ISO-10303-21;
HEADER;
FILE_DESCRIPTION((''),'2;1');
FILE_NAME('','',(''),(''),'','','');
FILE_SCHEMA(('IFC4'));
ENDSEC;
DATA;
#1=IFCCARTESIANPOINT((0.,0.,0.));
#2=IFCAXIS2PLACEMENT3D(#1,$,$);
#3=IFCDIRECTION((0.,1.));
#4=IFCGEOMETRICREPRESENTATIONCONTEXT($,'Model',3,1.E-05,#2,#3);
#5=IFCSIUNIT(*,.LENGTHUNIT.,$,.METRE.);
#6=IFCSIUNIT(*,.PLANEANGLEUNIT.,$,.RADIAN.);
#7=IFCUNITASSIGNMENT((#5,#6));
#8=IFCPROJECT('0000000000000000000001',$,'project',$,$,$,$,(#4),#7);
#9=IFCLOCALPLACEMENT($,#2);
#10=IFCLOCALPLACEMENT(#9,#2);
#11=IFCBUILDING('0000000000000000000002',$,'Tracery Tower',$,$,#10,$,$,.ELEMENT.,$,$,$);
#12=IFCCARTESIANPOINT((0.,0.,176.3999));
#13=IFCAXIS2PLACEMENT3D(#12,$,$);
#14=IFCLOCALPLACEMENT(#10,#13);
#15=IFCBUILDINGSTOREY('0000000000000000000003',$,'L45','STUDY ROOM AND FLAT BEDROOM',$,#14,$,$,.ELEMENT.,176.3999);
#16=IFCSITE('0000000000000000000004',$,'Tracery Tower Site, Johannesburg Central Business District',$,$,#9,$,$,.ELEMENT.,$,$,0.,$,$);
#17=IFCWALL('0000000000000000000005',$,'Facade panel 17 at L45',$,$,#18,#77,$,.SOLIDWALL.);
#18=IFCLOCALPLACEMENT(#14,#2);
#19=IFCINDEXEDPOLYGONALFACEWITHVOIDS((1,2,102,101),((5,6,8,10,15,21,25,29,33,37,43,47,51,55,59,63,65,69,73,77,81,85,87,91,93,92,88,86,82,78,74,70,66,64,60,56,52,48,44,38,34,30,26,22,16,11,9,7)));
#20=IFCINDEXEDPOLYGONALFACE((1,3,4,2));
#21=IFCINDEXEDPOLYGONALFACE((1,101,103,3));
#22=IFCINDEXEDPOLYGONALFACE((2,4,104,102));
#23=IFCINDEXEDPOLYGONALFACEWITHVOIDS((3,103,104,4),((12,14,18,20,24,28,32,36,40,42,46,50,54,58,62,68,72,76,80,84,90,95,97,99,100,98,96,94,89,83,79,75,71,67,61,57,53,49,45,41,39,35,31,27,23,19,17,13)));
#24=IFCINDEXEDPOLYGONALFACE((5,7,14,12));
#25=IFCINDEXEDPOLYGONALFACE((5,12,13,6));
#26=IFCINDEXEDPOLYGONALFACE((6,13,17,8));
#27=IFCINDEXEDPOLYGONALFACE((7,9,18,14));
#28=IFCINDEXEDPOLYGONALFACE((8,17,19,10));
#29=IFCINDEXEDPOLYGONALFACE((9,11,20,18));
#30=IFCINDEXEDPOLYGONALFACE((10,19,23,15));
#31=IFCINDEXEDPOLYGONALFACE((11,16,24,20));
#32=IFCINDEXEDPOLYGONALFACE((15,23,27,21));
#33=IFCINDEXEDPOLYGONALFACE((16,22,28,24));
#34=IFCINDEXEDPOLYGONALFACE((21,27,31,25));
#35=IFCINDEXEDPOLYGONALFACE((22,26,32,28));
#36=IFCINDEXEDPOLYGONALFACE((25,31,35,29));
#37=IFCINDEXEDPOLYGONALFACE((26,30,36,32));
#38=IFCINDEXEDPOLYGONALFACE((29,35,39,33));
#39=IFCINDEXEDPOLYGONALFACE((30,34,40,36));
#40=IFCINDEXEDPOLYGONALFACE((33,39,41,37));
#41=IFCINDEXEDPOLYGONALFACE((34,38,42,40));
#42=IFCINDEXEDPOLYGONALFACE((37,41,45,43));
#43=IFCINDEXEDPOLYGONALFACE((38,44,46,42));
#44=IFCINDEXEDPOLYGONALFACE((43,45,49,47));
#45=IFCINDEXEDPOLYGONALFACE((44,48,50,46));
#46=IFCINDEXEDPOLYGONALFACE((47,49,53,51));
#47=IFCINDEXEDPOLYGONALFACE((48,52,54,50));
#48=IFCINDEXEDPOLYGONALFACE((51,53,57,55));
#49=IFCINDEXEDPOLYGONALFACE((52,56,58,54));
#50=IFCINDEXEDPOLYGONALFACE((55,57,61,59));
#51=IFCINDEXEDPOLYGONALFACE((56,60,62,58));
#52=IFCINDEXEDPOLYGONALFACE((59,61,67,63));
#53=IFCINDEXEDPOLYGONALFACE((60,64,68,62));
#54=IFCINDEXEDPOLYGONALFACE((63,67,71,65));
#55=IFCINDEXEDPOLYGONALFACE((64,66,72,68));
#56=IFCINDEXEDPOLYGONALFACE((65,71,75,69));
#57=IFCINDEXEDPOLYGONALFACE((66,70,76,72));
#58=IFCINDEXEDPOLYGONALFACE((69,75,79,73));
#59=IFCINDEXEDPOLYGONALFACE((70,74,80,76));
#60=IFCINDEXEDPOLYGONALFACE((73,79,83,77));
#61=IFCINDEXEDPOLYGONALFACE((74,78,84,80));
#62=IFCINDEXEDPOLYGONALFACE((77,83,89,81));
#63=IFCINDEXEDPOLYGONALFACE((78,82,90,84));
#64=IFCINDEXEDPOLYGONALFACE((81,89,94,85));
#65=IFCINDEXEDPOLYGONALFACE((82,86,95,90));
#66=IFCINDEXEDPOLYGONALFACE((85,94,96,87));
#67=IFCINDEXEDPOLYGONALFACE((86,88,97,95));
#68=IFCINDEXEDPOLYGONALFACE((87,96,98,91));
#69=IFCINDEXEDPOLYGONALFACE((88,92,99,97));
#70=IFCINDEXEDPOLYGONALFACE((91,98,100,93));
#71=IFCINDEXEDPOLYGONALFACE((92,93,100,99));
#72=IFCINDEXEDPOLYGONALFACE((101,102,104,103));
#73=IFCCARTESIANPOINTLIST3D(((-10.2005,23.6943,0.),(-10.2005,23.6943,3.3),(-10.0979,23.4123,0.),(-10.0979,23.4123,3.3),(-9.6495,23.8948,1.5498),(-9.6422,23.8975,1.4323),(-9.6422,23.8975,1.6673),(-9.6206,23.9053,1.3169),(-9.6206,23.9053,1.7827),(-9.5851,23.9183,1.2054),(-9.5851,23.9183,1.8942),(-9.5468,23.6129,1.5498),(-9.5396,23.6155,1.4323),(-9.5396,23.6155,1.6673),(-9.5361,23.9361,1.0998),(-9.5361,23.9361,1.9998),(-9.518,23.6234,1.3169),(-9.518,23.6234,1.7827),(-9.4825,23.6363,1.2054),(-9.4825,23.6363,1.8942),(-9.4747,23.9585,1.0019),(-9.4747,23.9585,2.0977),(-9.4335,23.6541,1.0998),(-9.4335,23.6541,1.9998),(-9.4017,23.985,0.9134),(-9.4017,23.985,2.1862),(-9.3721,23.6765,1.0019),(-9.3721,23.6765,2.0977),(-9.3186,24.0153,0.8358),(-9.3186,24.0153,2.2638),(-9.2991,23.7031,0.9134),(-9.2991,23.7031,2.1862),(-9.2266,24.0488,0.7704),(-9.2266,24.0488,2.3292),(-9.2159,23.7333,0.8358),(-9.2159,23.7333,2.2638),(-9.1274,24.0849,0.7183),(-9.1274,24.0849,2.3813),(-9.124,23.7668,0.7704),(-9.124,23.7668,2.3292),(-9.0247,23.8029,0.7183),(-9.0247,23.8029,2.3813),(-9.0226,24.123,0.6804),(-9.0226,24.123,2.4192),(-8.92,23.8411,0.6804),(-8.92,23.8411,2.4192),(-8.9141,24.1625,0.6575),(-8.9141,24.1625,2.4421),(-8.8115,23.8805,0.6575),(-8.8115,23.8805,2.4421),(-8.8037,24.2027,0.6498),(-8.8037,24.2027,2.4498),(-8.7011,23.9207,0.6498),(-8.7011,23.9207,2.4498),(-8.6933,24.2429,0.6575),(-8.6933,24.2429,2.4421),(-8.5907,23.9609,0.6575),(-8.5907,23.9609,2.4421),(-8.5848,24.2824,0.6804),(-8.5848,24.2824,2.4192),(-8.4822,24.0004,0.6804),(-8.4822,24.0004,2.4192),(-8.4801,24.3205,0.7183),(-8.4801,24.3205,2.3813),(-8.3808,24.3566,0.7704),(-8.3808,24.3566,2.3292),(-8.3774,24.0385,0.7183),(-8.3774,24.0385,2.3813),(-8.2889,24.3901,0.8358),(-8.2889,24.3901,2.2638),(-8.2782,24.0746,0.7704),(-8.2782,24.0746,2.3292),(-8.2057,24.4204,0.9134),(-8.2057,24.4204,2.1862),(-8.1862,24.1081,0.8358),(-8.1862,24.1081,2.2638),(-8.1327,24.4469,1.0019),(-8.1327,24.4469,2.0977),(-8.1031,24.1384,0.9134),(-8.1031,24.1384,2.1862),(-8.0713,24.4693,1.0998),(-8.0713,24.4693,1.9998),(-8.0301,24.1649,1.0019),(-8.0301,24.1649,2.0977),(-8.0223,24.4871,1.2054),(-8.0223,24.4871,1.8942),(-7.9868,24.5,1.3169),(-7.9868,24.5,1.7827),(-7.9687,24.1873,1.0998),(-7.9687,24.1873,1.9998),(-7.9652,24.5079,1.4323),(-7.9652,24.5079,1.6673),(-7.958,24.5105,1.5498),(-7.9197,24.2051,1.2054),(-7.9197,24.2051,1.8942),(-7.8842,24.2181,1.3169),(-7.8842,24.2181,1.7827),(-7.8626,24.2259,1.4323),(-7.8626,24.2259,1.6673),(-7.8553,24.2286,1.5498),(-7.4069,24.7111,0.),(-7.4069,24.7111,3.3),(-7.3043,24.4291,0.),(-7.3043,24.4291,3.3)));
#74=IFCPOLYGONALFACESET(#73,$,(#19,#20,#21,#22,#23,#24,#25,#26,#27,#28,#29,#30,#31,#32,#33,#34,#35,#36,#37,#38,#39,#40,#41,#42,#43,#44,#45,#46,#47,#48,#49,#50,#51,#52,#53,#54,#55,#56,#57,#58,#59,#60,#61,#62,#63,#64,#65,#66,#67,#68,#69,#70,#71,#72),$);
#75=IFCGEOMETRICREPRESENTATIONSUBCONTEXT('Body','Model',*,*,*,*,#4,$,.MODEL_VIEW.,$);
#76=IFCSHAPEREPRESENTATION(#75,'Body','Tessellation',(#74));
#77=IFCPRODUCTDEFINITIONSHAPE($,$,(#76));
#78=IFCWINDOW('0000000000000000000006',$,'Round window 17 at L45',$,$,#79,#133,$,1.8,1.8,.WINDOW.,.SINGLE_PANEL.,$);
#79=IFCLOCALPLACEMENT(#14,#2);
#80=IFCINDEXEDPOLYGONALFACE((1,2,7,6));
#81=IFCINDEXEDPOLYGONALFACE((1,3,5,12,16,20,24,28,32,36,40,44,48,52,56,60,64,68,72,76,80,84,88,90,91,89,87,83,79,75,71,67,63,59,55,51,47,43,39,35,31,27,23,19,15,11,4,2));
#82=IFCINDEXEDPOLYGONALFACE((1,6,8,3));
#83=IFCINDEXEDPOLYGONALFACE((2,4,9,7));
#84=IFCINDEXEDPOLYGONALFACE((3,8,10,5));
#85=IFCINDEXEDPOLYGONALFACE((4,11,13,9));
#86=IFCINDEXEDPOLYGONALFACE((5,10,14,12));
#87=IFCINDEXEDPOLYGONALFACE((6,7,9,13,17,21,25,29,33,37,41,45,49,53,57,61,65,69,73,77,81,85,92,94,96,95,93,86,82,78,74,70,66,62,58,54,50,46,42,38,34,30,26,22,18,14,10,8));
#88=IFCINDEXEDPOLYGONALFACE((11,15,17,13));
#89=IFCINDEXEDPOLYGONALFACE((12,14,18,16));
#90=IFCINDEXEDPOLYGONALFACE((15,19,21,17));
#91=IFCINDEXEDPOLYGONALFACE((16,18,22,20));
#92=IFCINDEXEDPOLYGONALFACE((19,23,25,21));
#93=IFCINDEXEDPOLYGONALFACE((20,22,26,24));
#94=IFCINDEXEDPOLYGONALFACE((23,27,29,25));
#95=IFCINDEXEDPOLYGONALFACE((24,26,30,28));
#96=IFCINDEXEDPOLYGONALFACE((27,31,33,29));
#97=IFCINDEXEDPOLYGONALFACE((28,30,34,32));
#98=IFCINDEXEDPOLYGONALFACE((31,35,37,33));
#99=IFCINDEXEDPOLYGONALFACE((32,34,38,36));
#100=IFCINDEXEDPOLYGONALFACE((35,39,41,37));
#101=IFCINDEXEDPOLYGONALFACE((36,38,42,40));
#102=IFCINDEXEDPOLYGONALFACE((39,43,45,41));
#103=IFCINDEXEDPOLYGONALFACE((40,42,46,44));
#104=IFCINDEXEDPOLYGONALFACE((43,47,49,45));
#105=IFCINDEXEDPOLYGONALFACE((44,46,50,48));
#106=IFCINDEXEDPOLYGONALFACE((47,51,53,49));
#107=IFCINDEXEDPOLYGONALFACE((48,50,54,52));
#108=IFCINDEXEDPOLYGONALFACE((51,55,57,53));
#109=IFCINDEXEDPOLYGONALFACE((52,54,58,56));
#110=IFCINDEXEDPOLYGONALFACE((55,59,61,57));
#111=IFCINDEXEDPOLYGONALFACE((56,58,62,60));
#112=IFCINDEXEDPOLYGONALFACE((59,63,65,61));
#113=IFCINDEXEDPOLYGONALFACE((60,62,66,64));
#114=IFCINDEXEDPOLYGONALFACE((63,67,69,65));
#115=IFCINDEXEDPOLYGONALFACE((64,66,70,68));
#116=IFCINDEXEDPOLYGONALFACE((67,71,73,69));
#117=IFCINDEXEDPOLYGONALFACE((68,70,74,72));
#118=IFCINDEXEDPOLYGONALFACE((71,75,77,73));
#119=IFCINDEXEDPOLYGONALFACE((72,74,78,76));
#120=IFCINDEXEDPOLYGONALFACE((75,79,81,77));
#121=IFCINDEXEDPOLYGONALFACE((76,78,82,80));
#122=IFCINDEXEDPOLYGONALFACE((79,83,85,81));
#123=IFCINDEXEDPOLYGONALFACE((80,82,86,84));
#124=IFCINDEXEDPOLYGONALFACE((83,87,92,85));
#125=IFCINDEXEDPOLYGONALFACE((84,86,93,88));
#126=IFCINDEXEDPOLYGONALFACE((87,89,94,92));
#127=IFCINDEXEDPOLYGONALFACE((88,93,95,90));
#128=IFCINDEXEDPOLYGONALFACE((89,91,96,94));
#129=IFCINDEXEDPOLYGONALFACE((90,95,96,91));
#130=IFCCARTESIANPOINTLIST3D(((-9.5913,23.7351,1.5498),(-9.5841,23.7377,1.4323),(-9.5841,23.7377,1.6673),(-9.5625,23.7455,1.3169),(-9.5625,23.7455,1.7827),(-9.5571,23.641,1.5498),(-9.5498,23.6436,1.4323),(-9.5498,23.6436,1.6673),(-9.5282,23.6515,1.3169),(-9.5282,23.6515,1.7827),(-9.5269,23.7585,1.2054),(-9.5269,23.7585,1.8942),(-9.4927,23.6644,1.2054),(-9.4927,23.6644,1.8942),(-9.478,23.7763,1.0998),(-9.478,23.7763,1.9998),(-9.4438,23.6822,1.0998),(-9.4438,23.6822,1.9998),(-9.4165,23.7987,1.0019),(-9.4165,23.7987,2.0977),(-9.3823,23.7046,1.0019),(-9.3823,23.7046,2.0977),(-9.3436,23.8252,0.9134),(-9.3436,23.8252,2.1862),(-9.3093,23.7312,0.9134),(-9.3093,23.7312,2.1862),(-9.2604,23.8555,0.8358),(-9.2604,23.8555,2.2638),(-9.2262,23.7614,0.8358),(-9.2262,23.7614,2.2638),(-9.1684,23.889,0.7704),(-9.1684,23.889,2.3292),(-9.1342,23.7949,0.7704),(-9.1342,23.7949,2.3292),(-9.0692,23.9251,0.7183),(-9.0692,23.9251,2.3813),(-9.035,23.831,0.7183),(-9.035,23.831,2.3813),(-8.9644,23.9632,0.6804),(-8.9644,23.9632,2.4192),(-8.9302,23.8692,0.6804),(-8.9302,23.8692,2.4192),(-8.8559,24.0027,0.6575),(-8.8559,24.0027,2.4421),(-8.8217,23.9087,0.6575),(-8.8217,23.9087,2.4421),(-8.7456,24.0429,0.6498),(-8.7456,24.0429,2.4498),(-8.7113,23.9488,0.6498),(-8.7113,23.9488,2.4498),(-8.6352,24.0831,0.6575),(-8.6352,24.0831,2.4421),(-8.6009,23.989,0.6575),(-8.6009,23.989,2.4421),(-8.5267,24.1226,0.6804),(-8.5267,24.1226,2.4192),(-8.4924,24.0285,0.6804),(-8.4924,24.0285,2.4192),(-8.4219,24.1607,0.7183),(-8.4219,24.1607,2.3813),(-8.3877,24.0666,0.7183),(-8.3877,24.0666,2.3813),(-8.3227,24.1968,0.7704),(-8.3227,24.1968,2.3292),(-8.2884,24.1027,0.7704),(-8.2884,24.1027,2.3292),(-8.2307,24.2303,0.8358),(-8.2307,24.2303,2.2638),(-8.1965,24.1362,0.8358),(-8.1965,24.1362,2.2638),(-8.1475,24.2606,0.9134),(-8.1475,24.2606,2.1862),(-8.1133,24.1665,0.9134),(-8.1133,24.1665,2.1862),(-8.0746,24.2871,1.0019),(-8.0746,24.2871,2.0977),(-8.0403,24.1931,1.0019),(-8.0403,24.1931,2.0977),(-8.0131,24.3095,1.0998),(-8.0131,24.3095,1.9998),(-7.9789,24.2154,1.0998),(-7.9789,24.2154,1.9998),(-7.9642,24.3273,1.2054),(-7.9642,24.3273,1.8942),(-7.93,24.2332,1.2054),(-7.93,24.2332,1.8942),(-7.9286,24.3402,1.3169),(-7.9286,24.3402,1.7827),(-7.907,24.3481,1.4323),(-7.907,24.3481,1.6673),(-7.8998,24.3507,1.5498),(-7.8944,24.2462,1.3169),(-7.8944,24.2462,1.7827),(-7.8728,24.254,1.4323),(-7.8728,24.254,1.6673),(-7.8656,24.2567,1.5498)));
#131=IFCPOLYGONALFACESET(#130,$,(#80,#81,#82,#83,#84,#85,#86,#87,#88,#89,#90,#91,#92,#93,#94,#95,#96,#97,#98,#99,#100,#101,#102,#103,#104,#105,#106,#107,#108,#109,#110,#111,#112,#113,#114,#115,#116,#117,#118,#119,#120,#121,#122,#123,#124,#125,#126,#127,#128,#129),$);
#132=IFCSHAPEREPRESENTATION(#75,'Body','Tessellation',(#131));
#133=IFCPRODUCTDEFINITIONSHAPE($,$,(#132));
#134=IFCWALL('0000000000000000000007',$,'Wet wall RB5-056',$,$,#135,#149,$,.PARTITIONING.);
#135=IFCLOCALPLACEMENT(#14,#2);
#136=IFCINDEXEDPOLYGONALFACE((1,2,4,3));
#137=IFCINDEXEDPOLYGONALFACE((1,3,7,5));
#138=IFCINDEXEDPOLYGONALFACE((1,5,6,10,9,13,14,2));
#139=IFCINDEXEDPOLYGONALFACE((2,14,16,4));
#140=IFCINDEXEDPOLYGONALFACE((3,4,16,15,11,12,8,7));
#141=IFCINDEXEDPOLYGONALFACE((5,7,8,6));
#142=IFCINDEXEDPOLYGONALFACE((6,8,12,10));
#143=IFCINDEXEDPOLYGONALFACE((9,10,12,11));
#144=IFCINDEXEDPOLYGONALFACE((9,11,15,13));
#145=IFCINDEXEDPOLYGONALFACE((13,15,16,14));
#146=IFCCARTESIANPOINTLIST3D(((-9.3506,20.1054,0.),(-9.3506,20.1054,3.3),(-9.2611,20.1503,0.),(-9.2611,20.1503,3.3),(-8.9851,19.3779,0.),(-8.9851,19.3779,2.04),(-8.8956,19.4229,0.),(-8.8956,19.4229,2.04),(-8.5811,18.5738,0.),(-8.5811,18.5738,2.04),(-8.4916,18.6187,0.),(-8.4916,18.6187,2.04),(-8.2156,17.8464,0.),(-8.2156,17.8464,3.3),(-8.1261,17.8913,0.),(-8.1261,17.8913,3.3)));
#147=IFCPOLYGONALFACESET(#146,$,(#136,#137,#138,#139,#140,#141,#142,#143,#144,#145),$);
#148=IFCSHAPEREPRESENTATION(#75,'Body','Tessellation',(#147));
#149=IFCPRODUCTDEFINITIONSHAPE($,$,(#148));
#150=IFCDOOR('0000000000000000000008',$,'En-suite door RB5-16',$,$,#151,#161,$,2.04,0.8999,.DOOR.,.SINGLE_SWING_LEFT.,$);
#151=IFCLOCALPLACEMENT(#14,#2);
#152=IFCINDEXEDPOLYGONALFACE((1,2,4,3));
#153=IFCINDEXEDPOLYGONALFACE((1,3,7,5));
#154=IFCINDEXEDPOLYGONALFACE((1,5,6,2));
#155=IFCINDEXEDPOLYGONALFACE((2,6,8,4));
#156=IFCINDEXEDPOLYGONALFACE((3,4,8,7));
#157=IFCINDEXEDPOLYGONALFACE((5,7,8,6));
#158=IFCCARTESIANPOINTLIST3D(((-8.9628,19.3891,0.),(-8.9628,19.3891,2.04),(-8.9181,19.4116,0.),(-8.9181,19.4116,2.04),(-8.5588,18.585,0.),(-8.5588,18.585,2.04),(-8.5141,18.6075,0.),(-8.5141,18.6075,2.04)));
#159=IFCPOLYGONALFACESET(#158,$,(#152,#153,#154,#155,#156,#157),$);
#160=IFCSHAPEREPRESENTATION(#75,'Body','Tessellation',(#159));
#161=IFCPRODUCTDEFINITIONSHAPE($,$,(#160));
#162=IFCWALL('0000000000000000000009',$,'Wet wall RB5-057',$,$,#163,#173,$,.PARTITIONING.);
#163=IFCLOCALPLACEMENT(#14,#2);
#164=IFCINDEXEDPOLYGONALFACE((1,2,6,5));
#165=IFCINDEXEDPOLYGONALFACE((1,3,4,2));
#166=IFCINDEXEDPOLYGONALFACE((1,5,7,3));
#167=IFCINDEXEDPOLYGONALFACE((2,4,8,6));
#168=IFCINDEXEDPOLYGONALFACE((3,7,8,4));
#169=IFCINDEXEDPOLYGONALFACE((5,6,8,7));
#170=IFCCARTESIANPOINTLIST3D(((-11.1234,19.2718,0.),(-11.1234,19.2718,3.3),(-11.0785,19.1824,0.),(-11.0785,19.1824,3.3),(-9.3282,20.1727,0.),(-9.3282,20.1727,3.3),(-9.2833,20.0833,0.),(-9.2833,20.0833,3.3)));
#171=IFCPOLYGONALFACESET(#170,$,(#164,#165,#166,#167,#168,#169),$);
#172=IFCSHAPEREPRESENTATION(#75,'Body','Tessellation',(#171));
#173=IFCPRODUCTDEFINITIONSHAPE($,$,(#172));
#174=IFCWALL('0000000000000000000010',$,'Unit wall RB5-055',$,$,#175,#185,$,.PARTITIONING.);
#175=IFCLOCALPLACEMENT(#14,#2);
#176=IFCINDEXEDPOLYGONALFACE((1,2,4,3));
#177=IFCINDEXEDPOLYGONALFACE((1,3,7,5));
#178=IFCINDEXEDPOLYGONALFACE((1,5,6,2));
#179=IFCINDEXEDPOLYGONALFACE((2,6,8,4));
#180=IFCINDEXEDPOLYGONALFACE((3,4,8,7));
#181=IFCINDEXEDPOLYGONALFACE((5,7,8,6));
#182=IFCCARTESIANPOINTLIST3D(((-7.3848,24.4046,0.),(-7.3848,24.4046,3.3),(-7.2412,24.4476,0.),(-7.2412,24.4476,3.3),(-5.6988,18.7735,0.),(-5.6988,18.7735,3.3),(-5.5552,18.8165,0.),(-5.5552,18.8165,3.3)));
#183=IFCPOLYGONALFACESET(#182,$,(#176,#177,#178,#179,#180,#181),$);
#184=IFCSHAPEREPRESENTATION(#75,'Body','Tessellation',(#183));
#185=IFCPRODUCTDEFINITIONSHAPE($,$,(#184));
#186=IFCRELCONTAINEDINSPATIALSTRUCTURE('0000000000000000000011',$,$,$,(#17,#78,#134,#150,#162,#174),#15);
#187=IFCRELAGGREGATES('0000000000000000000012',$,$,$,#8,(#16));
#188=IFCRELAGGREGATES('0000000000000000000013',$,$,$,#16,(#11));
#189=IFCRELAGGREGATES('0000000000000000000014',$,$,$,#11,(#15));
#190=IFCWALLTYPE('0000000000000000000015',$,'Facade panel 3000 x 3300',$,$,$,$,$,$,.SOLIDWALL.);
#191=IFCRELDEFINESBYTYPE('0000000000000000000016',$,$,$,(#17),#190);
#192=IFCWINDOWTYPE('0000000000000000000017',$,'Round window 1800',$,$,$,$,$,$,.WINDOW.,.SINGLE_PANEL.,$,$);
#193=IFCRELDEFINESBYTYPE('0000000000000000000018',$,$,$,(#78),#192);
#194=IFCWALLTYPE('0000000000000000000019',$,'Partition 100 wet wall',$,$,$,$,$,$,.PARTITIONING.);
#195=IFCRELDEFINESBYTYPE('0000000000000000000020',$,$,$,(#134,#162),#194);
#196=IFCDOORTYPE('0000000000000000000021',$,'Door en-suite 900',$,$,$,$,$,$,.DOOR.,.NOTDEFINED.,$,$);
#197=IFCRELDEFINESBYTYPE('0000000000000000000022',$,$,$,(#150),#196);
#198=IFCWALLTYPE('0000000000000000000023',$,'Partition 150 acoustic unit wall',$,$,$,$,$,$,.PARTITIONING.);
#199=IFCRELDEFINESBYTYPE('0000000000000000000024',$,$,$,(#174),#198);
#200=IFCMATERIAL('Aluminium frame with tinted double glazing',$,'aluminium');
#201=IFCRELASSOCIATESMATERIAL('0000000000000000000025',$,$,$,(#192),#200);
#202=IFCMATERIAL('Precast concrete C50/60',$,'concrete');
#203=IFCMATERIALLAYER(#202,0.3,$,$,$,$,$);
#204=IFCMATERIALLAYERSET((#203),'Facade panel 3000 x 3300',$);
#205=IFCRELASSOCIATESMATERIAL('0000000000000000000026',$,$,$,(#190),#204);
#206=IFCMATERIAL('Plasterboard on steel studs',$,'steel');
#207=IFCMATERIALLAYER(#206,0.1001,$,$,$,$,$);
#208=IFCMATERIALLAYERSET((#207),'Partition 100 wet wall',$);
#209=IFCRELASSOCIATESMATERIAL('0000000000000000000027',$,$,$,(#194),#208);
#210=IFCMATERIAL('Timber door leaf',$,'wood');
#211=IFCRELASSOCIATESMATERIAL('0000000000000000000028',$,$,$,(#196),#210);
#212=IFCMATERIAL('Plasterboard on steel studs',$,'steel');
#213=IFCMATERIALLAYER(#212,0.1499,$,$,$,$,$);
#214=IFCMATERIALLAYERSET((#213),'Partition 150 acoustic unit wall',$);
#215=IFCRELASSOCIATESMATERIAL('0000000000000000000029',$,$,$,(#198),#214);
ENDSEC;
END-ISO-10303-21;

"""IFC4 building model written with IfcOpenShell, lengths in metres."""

from ifc_helpers import new_model, si_unit, direction, frame, frame_2d, origin, origin_2d, place, context, subcontext, project, spatial, rectangle, circle, extrude, material, layer, layer_set, type_object, element, fill, save


model = new_model("IFC4")

# Units and contexts
model_context = context("Model", 3, precision=1e-05, world=origin(), true_north=direction((0.0, 1.0)))
body_context = subcontext(model_context, "Body", "Model", "MODEL_VIEW")
ifc_project = project(units=[si_unit("LENGTHUNIT", "METRE"), si_unit("PLANEANGLEUNIT", "RADIAN")], contexts=[model_context])

# Site, building, storey
site_placement = place(None, origin())
site = spatial("IfcSite", under=ifc_project, at=site_placement, Name="Tracery Tower Site, Johannesburg Central Business District", CompositionType="ELEMENT", RefElevation=0.0)
building_placement = place(site_placement, origin())
building = spatial("IfcBuilding", under=site, at=building_placement, Name="Tracery Tower", CompositionType="ELEMENT")
storey_placement = place(building_placement, frame((0.0, 0.0, 176.3999)))
storey = spatial("IfcBuildingStorey", under=building, at=storey_placement, Name="L45", Description="STUDY ROOM AND FLAT BEDROOM", CompositionType="ELEMENT", Elevation=176.3999)

# Wall, opening, window
ifc_material_1 = material(Name="Aluminium frame with tinted double glazing", Category="aluminium")
window_type = type_object("IfcWindowType", Name="Round window 1800", PartitioningType="SINGLE_PANEL", PredefinedType="WINDOW", material=ifc_material_1)
ifc_material_2 = material(Name="Precast concrete C50/60", Category="concrete")
ifc_layer_1 = layer(ifc_material_2, 0.3)
ifc_layer_set_1 = layer_set([ifc_layer_1], Name="Facade panel 3000 x 3300")
wall_type_1 = type_object("IfcWallType", Name="Facade panel 3000 x 3300", PredefinedType="SOLIDWALL", material=ifc_layer_set_1)
wall_1_placement = place(storey_placement, frame((-7.3557, 24.5701, 0.0), z_axis=(0.0, 0.0, 1.0), x_axis=(-0.93969, -0.342027, 0.0)))
wall_1 = element("IfcWall", 1, at=wall_1_placement, inside=storey, type_object=wall_type_1, Name="Facade panel 17 at L45", PredefinedType="SOLIDWALL", context=body_context, shape_type="SweptSolid", body=[
    extrude(rectangle(XDim=2.9729, YDim=0.3, at=frame_2d((1.4863, 0.0))), origin(), (0.0, 0.0, 1.0), 3.3),
])
opening_1_placement = place(wall_1_placement, frame((1.4863, 0.0, 1.5498)))
opening_1 = element("IfcOpeningElement", 2, at=opening_1_placement, cuts=wall_1, PredefinedType="OPENING", context=body_context, shape_type="SweptSolid", body=[
    extrude(circle(Radius=0.9, at=origin_2d()), frame((0.0, 0.1599, 0.0), z_axis=(0.0, -1.0, 0.0), x_axis=(1.0, 0.0, 0.0)), (0.0, 0.0, 1.0), 0.3201),
])
window_1_placement = place(opening_1_placement, origin())
window_1 = element("IfcWindow", 3, at=window_1_placement, inside=storey, type_object=window_type, Name="Round window 17 at L45", OverallHeight=1.8, OverallWidth=1.8, PartitioningType="SINGLE_PANEL", PredefinedType="WINDOW", context=body_context, shape_type="SweptSolid", body=[
    extrude(circle(Radius=0.9, at=origin_2d()), frame((0.0, 0.1201, 0.0), z_axis=(0.0, -1.0, 0.0), x_axis=(1.0, 0.0, 0.0)), (0.0, 0.0, 1.0), 0.1001),
])
fill(opening_1, window_1)

# Wall, opening, door
ifc_material_3 = material(Name="Plasterboard on steel studs", Category="steel")
ifc_layer_2 = layer(ifc_material_3, 0.1001)
ifc_layer_set_2 = layer_set([ifc_layer_2], Name="Partition 100 wet wall")
wall_type_2 = type_object("IfcWallType", Name="Partition 100 wet wall", PredefinedType="PARTITIONING", material=ifc_layer_set_2)
wall_2_placement = place(storey_placement, frame((-9.3059, 20.1279, 0.0), z_axis=(0.0, 0.0, 1.0), x_axis=(0.448951, -0.893556, 0.0)))
wall_2 = element("IfcWall", 4, at=wall_2_placement, inside=storey, type_object=wall_type_2, Name="Wet wall RB5-056", PredefinedType="PARTITIONING", context=body_context, shape_type="SweptSolid", body=[
    extrude(rectangle(XDim=2.5281, YDim=0.1001, at=frame_2d((1.2642, 0.0))), origin(), (0.0, 0.0, 1.0), 3.3),
])
opening_2_placement = place(wall_2_placement, frame((0.8142, 0.0, 0.0)))
opening_2 = element("IfcOpeningElement", 5, at=opening_2_placement, cuts=wall_2, PredefinedType="OPENING", context=body_context, shape_type="SweptSolid", body=[
    extrude(rectangle(XDim=0.8999, YDim=2.04, at=frame_2d((0.45, 1.02))), frame((0.0, 0.05, 0.0), z_axis=(0.0, -1.0, 0.0), x_axis=(1.0, 0.0, 0.0)), (0.0, 0.0, 1.0), 0.1001),
])
ifc_material_4 = material(Name="Timber door leaf", Category="wood")
door_type_1 = type_object("IfcDoorType", Name="Door en-suite 900", OperationType="NOTDEFINED", PredefinedType="DOOR", material=ifc_material_4)
door_1_placement = place(opening_2_placement, origin())
door_1 = element("IfcDoor", 6, at=door_1_placement, inside=storey, type_object=door_type_1, Name="En-suite door RB5-16", OperationType="SINGLE_SWING_LEFT", OverallHeight=2.04, OverallWidth=0.8999, PredefinedType="DOOR", context=body_context, shape_type="SweptSolid", body=[
    extrude(rectangle(XDim=0.8999, YDim=2.04, at=frame_2d((0.45, 1.02))), frame((0.0, 0.0249, 0.0), z_axis=(0.0, -1.0, 0.0), x_axis=(1.0, 0.0, 0.0)), (0.0, 0.0, 1.0), 0.05),
])
fill(opening_2, door_1)

# Walls
wall_3_placement = place(storey_placement, frame((-11.1011, 19.2271, 0.0), z_axis=(0.0, 0.0, 1.0), x_axis=(0.89377, 0.448526, 0.0)))
element("IfcWall", 7, at=wall_3_placement, inside=storey, type_object=wall_type_2, Name="Wet wall RB5-057", PredefinedType="PARTITIONING", context=body_context, shape_type="SweptSolid", body=[
    extrude(rectangle(XDim=2.0085, YDim=0.1001, at=frame_2d((1.0044, 0.0))), origin(), (0.0, 0.0, 1.0), 3.3),
])
ifc_material_5 = material(Name="Plasterboard on steel studs", Category="steel")
ifc_layer_3 = layer(ifc_material_5, 0.1499)
ifc_layer_set_3 = layer_set([ifc_layer_3], Name="Partition 150 acoustic unit wall")
wall_type_3 = type_object("IfcWallType", Name="Partition 150 acoustic unit wall", PredefinedType="PARTITIONING", material=ifc_layer_set_3)
wall_4_placement = place(storey_placement, frame((-7.313, 24.426, 0.0), z_axis=(0.0, 0.0, 1.0), x_axis=(0.286833, -0.95798, 0.0)))
element("IfcWall", 8, at=wall_4_placement, inside=storey, type_object=wall_type_3, Name="Unit wall RB5-055", PredefinedType="PARTITIONING", context=body_context, shape_type="SweptSolid", body=[
    extrude(rectangle(XDim=5.8782, YDim=0.1499, at=frame_2d((2.939, 0.0))), origin(), (0.0, 0.0, 1.0), 3.3),
])

save(model, "model.ifc")
